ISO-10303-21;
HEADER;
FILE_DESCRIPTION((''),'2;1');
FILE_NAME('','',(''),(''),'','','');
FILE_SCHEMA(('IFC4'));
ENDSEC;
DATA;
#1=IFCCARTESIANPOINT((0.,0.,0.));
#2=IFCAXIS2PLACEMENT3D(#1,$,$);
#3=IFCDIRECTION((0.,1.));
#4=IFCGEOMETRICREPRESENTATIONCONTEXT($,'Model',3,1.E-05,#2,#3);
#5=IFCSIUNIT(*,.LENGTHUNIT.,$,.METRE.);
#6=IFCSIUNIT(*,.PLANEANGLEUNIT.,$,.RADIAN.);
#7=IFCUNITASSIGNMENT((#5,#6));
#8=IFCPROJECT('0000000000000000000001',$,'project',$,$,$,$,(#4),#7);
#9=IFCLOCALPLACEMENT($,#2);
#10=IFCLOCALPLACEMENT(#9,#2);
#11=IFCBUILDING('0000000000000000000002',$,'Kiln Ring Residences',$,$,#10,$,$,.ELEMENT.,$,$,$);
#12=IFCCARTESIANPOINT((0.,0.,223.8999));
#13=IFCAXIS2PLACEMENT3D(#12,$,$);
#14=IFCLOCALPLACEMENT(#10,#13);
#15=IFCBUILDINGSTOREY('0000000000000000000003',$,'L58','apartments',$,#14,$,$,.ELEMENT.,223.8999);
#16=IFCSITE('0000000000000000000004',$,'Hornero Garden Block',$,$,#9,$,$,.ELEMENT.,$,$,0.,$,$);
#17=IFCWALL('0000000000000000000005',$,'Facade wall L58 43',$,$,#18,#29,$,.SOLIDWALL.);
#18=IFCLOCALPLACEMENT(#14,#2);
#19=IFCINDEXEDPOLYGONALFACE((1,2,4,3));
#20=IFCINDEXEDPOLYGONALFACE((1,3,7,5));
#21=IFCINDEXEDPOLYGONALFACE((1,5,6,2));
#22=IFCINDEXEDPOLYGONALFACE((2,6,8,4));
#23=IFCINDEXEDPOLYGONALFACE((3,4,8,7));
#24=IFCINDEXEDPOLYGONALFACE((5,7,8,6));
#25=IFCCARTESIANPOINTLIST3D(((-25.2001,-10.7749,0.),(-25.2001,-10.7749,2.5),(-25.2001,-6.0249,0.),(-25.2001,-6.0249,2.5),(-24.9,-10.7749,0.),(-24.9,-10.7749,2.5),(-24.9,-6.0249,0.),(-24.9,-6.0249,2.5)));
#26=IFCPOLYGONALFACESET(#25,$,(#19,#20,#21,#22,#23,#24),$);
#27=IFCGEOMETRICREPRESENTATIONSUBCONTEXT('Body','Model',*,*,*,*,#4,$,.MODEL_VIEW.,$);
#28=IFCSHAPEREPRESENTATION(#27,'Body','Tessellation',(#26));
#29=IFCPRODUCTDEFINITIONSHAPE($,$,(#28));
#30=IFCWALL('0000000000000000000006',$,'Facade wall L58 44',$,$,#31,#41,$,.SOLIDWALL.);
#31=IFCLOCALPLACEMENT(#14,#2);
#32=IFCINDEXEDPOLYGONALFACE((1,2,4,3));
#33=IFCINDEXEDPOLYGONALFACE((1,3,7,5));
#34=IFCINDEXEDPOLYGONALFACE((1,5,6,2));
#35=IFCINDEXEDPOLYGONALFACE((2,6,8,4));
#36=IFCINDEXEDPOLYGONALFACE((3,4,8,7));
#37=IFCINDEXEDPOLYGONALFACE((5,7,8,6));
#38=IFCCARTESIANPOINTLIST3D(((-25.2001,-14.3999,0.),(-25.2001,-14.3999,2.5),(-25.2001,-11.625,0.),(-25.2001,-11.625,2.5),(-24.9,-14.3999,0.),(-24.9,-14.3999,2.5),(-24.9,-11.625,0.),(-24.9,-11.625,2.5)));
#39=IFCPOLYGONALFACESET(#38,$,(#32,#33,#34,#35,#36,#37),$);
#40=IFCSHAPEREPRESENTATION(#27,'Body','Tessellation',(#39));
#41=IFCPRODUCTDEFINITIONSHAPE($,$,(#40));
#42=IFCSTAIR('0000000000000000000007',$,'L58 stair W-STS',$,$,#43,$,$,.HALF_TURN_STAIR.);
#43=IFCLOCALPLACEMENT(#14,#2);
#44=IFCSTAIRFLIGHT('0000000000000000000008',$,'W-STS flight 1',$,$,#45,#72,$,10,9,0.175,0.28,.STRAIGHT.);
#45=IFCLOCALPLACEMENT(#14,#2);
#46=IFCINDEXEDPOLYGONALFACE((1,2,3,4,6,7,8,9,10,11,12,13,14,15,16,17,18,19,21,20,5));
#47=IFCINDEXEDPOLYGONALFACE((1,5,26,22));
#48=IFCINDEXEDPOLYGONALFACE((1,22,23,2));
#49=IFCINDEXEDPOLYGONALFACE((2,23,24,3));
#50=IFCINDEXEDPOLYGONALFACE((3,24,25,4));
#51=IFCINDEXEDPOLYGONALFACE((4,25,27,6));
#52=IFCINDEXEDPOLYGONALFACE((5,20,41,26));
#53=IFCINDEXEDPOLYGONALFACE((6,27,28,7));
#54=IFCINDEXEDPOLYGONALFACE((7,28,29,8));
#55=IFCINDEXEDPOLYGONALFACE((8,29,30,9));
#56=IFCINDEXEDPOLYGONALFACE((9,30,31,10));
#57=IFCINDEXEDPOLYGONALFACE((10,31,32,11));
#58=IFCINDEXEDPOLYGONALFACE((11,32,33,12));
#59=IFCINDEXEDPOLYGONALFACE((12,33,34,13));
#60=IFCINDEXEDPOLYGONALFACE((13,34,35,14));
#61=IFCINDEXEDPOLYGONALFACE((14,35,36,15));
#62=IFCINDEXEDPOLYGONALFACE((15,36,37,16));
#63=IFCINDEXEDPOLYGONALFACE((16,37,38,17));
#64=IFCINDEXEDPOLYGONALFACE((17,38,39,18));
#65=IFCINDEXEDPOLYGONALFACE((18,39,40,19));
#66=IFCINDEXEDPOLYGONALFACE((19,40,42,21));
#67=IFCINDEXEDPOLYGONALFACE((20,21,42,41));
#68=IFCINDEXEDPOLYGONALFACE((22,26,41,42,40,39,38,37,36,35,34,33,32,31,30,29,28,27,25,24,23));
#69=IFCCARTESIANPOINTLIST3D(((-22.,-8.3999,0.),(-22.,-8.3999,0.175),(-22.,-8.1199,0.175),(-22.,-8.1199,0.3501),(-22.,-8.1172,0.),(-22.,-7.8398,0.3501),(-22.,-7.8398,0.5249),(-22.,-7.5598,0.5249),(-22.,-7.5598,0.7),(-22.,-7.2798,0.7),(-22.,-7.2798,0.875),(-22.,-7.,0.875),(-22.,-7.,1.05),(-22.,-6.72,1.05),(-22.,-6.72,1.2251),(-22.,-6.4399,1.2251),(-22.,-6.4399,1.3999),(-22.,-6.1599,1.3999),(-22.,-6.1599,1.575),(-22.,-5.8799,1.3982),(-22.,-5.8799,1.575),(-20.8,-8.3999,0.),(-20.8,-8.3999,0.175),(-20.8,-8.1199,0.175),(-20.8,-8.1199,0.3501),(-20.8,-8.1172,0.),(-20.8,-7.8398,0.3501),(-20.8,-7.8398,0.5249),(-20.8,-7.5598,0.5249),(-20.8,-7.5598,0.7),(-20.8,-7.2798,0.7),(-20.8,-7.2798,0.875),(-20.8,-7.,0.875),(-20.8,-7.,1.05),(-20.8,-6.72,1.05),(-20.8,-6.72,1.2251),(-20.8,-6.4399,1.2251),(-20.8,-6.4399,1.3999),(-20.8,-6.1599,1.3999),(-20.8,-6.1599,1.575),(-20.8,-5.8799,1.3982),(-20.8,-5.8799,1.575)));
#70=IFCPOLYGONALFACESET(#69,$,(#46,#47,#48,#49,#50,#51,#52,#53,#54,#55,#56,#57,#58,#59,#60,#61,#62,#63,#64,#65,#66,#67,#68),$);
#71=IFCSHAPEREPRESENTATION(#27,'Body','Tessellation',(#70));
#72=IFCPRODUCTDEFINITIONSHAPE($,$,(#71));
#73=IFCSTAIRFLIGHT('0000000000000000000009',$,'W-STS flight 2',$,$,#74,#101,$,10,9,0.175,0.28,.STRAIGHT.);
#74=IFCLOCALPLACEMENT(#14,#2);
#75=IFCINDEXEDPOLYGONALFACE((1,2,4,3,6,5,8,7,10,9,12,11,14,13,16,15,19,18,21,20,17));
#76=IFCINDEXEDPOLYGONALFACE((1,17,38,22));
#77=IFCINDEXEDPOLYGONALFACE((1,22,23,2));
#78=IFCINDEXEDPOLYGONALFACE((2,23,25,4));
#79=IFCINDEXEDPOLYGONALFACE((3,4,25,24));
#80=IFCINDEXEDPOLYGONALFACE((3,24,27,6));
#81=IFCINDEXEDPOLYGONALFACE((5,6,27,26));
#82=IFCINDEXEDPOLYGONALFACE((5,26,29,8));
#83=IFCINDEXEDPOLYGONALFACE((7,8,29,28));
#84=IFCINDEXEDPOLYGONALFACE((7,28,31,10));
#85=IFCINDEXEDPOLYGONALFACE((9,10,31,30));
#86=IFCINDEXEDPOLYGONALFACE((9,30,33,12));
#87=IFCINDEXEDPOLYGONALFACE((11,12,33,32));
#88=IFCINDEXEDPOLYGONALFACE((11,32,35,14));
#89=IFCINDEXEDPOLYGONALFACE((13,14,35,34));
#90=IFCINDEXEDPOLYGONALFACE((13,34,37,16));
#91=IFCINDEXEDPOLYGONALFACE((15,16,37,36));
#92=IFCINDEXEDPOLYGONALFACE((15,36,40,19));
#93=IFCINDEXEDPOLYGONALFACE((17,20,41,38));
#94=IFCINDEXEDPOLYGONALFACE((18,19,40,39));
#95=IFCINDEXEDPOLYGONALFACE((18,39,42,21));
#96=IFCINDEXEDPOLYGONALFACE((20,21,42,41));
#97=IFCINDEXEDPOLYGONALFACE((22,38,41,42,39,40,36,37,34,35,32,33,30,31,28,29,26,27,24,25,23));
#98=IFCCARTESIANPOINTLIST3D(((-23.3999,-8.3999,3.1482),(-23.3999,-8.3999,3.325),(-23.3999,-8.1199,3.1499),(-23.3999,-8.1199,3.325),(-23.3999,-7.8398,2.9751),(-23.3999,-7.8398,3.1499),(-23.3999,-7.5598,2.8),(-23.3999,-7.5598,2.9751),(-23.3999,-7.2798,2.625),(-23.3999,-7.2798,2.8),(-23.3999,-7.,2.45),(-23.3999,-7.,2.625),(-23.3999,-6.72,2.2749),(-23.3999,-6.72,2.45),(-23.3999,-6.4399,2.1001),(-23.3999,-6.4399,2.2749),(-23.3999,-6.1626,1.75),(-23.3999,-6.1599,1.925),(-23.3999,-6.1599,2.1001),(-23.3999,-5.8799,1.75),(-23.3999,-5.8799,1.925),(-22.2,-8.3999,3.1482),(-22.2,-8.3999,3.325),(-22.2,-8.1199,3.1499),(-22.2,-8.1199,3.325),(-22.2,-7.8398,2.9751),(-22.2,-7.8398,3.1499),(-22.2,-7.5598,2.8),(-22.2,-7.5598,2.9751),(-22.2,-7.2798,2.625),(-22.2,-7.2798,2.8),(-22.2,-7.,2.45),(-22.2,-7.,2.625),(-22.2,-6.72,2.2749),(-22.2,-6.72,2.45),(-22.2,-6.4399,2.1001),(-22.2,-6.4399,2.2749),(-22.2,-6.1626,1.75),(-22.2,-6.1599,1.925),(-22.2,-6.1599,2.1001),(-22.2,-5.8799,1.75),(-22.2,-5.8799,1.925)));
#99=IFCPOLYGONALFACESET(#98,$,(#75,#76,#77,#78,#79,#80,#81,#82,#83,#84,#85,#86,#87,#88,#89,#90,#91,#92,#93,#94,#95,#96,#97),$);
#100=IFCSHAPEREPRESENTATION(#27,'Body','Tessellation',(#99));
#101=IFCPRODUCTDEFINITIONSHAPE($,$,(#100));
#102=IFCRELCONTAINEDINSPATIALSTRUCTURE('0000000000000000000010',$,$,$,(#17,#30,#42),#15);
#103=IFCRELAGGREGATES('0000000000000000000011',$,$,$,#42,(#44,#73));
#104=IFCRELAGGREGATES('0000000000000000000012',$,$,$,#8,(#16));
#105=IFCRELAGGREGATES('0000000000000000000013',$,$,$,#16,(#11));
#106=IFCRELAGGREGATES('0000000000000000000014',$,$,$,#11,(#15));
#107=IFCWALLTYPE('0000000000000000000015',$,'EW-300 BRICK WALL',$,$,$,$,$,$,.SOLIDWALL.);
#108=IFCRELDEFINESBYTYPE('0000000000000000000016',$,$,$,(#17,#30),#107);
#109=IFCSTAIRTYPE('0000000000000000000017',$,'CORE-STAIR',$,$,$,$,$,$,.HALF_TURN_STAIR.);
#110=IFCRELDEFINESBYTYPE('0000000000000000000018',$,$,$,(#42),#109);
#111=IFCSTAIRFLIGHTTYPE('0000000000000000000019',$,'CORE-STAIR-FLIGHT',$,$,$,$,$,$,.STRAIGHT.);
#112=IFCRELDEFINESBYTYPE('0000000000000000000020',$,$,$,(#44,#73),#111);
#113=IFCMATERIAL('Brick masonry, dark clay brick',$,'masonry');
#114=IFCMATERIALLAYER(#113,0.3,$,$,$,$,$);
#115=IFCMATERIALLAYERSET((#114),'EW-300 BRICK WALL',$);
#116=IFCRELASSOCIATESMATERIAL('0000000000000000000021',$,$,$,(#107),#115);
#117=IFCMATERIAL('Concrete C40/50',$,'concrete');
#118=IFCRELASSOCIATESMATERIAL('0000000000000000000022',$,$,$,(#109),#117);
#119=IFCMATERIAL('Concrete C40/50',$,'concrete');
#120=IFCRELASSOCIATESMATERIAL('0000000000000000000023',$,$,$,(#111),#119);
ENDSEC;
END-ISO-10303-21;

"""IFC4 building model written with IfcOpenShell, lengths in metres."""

from ifc_helpers import new_model, si_unit, direction, frame, frame_2d, origin, place, context, subcontext, project, spatial, polyline, rectangle, outline, extrude, material, layer, layer_set, type_object, element, aggregate, save


model = new_model("IFC4")

# Units and contexts
model_context = context("Model", 3, precision=1e-05, world=origin(), true_north=direction((0.0, 1.0)))
body_context = subcontext(model_context, "Body", "Model", "MODEL_VIEW")
ifc_project = project(units=[si_unit("LENGTHUNIT", "METRE"), si_unit("PLANEANGLEUNIT", "RADIAN")], contexts=[model_context])

# Site, building, storey
site_placement = place(None, origin())
site = spatial("IfcSite", under=ifc_project, at=site_placement, Name="Hornero Garden Block", CompositionType="ELEMENT", RefElevation=0.0)
building_placement = place(site_placement, origin())
building = spatial("IfcBuilding", under=site, at=building_placement, Name="Kiln Ring Residences", CompositionType="ELEMENT")
storey_placement = place(building_placement, frame((0.0, 0.0, 223.8999)))
storey = spatial("IfcBuildingStorey", under=building, at=storey_placement, Name="L58", Description="apartments", CompositionType="ELEMENT", Elevation=223.8999)

# Walls
ifc_material_1 = material(Name="Brick masonry, dark clay brick", Category="masonry")
ifc_layer_1 = layer(ifc_material_1, 0.3)
ifc_layer_set_1 = layer_set([ifc_layer_1], Name="EW-300 BRICK WALL")
wall_type_1 = type_object("IfcWallType", Name="EW-300 BRICK WALL", PredefinedType="SOLIDWALL", material=ifc_layer_set_1)
wall_1_placement = place(storey_placement, frame((-25.05, -6.0249, 0.0), z_axis=(0.0, 0.0, 1.0), x_axis=(0.0, -1.0, 0.0)))
element("IfcWall", 1, at=wall_1_placement, inside=storey, type_object=wall_type_1, Name="Facade wall L58 43", PredefinedType="SOLIDWALL", context=body_context, shape_type="SweptSolid", body=[
    extrude(rectangle(XDim=4.75, YDim=0.3, at=frame_2d((2.375, 0.0))), origin(), (0.0, 0.0, 1.0), 2.5),
])
wall_2_placement = place(storey_placement, frame((-25.05, -11.625, 0.0), z_axis=(0.0, 0.0, 1.0), x_axis=(0.0, -1.0, 0.0)))
element("IfcWall", 2, at=wall_2_placement, inside=storey, type_object=wall_type_1, Name="Facade wall L58 44", PredefinedType="SOLIDWALL", context=body_context, shape_type="SweptSolid", body=[
    extrude(rectangle(XDim=2.7749, YDim=0.3, at=frame_2d((1.3875, 0.0))), origin(), (0.0, 0.0, 1.0), 2.5),
])

# Stair, stair flights
ifc_material_2 = material(Name="Concrete C40/50", Category="concrete")
stair_type = type_object("IfcStairType", Name="CORE-STAIR", PredefinedType="HALF_TURN_STAIR", material=ifc_material_2)
stair_placement = place(storey_placement, origin())
stair = element("IfcStair", 3, at=stair_placement, inside=storey, type_object=stair_type, Name="L58 stair W-STS", PredefinedType="HALF_TURN_STAIR")
ifc_material_3 = material(Name="Concrete C40/50", Category="concrete")
stair_flight_type = type_object("IfcStairFlightType", Name="CORE-STAIR-FLIGHT", PredefinedType="STRAIGHT", material=ifc_material_3)
stair_flight_1_placement = place(storey_placement, frame((-21.3999, -8.3999, 0.0), z_axis=(0.0, 0.0, 1.0), x_axis=(0.0, 1.0, 0.0)))
stair_flight_1 = element("IfcStairFlight", 4, at=stair_flight_1_placement, type_object=stair_flight_type, Name="W-STS flight 1", NumberOfRisers=10, NumberOfTreads=9, PredefinedType="STRAIGHT", RiserHeight=0.175, TreadLength=0.28, context=body_context, shape_type="SweptSolid", body=[
    extrude(outline(polyline([(0.0, 0.0), (0.0, 0.175), (0.28, 0.175), (0.28, 0.3501), (0.5601, 0.3501), (0.5601, 0.5249), (0.8401, 0.5249), (0.8401, 0.7), (1.1201, 0.7), (1.1201, 0.875), (1.3999, 0.875), (1.3999, 1.05), (1.6799, 1.05), (1.6799, 1.2251), (1.96, 1.2251), (1.96, 1.3999), (2.24, 1.3999), (2.24, 1.575), (2.52, 1.575), (2.52, 1.75), (2.52, 1.3982), (0.2827, 0.0), (0.0, 0.0)])), frame((0.0, 0.6001, 0.0), z_axis=(0.0, -1.0, 0.0), x_axis=(1.0, 0.0, 0.0)), (0.0, 0.0, 1.0), 1.2),
])
stair_flight_2_placement = place(storey_placement, frame((-22.8, -5.8799, 1.75), z_axis=(0.0, 0.0, 1.0), x_axis=(0.0, -1.0, 0.0)))
stair_flight_2 = element("IfcStairFlight", 5, at=stair_flight_2_placement, type_object=stair_flight_type, Name="W-STS flight 2", NumberOfRisers=10, NumberOfTreads=9, PredefinedType="STRAIGHT", RiserHeight=0.175, TreadLength=0.28, context=body_context, shape_type="SweptSolid", body=[
    extrude(outline(polyline([(0.0, 0.0), (0.0, 0.175), (0.28, 0.175), (0.28, 0.3501), (0.5601, 0.3501), (0.5601, 0.5249), (0.8401, 0.5249), (0.8401, 0.7), (1.1201, 0.7), (1.1201, 0.875), (1.3999, 0.875), (1.3999, 1.05), (1.6799, 1.05), (1.6799, 1.2251), (1.96, 1.2251), (1.96, 1.3999), (2.24, 1.3999), (2.24, 1.575), (2.52, 1.575), (2.52, 1.75), (2.52, 1.3982), (0.2827, 0.0), (0.0, 0.0)])), frame((0.0, 0.6001, 0.0), z_axis=(0.0, -1.0, 0.0), x_axis=(1.0, 0.0, 0.0)), (0.0, 0.0, 1.0), 1.2),
])
aggregate(stair, [stair_flight_1, stair_flight_2])

save(model, "model.ifc")
